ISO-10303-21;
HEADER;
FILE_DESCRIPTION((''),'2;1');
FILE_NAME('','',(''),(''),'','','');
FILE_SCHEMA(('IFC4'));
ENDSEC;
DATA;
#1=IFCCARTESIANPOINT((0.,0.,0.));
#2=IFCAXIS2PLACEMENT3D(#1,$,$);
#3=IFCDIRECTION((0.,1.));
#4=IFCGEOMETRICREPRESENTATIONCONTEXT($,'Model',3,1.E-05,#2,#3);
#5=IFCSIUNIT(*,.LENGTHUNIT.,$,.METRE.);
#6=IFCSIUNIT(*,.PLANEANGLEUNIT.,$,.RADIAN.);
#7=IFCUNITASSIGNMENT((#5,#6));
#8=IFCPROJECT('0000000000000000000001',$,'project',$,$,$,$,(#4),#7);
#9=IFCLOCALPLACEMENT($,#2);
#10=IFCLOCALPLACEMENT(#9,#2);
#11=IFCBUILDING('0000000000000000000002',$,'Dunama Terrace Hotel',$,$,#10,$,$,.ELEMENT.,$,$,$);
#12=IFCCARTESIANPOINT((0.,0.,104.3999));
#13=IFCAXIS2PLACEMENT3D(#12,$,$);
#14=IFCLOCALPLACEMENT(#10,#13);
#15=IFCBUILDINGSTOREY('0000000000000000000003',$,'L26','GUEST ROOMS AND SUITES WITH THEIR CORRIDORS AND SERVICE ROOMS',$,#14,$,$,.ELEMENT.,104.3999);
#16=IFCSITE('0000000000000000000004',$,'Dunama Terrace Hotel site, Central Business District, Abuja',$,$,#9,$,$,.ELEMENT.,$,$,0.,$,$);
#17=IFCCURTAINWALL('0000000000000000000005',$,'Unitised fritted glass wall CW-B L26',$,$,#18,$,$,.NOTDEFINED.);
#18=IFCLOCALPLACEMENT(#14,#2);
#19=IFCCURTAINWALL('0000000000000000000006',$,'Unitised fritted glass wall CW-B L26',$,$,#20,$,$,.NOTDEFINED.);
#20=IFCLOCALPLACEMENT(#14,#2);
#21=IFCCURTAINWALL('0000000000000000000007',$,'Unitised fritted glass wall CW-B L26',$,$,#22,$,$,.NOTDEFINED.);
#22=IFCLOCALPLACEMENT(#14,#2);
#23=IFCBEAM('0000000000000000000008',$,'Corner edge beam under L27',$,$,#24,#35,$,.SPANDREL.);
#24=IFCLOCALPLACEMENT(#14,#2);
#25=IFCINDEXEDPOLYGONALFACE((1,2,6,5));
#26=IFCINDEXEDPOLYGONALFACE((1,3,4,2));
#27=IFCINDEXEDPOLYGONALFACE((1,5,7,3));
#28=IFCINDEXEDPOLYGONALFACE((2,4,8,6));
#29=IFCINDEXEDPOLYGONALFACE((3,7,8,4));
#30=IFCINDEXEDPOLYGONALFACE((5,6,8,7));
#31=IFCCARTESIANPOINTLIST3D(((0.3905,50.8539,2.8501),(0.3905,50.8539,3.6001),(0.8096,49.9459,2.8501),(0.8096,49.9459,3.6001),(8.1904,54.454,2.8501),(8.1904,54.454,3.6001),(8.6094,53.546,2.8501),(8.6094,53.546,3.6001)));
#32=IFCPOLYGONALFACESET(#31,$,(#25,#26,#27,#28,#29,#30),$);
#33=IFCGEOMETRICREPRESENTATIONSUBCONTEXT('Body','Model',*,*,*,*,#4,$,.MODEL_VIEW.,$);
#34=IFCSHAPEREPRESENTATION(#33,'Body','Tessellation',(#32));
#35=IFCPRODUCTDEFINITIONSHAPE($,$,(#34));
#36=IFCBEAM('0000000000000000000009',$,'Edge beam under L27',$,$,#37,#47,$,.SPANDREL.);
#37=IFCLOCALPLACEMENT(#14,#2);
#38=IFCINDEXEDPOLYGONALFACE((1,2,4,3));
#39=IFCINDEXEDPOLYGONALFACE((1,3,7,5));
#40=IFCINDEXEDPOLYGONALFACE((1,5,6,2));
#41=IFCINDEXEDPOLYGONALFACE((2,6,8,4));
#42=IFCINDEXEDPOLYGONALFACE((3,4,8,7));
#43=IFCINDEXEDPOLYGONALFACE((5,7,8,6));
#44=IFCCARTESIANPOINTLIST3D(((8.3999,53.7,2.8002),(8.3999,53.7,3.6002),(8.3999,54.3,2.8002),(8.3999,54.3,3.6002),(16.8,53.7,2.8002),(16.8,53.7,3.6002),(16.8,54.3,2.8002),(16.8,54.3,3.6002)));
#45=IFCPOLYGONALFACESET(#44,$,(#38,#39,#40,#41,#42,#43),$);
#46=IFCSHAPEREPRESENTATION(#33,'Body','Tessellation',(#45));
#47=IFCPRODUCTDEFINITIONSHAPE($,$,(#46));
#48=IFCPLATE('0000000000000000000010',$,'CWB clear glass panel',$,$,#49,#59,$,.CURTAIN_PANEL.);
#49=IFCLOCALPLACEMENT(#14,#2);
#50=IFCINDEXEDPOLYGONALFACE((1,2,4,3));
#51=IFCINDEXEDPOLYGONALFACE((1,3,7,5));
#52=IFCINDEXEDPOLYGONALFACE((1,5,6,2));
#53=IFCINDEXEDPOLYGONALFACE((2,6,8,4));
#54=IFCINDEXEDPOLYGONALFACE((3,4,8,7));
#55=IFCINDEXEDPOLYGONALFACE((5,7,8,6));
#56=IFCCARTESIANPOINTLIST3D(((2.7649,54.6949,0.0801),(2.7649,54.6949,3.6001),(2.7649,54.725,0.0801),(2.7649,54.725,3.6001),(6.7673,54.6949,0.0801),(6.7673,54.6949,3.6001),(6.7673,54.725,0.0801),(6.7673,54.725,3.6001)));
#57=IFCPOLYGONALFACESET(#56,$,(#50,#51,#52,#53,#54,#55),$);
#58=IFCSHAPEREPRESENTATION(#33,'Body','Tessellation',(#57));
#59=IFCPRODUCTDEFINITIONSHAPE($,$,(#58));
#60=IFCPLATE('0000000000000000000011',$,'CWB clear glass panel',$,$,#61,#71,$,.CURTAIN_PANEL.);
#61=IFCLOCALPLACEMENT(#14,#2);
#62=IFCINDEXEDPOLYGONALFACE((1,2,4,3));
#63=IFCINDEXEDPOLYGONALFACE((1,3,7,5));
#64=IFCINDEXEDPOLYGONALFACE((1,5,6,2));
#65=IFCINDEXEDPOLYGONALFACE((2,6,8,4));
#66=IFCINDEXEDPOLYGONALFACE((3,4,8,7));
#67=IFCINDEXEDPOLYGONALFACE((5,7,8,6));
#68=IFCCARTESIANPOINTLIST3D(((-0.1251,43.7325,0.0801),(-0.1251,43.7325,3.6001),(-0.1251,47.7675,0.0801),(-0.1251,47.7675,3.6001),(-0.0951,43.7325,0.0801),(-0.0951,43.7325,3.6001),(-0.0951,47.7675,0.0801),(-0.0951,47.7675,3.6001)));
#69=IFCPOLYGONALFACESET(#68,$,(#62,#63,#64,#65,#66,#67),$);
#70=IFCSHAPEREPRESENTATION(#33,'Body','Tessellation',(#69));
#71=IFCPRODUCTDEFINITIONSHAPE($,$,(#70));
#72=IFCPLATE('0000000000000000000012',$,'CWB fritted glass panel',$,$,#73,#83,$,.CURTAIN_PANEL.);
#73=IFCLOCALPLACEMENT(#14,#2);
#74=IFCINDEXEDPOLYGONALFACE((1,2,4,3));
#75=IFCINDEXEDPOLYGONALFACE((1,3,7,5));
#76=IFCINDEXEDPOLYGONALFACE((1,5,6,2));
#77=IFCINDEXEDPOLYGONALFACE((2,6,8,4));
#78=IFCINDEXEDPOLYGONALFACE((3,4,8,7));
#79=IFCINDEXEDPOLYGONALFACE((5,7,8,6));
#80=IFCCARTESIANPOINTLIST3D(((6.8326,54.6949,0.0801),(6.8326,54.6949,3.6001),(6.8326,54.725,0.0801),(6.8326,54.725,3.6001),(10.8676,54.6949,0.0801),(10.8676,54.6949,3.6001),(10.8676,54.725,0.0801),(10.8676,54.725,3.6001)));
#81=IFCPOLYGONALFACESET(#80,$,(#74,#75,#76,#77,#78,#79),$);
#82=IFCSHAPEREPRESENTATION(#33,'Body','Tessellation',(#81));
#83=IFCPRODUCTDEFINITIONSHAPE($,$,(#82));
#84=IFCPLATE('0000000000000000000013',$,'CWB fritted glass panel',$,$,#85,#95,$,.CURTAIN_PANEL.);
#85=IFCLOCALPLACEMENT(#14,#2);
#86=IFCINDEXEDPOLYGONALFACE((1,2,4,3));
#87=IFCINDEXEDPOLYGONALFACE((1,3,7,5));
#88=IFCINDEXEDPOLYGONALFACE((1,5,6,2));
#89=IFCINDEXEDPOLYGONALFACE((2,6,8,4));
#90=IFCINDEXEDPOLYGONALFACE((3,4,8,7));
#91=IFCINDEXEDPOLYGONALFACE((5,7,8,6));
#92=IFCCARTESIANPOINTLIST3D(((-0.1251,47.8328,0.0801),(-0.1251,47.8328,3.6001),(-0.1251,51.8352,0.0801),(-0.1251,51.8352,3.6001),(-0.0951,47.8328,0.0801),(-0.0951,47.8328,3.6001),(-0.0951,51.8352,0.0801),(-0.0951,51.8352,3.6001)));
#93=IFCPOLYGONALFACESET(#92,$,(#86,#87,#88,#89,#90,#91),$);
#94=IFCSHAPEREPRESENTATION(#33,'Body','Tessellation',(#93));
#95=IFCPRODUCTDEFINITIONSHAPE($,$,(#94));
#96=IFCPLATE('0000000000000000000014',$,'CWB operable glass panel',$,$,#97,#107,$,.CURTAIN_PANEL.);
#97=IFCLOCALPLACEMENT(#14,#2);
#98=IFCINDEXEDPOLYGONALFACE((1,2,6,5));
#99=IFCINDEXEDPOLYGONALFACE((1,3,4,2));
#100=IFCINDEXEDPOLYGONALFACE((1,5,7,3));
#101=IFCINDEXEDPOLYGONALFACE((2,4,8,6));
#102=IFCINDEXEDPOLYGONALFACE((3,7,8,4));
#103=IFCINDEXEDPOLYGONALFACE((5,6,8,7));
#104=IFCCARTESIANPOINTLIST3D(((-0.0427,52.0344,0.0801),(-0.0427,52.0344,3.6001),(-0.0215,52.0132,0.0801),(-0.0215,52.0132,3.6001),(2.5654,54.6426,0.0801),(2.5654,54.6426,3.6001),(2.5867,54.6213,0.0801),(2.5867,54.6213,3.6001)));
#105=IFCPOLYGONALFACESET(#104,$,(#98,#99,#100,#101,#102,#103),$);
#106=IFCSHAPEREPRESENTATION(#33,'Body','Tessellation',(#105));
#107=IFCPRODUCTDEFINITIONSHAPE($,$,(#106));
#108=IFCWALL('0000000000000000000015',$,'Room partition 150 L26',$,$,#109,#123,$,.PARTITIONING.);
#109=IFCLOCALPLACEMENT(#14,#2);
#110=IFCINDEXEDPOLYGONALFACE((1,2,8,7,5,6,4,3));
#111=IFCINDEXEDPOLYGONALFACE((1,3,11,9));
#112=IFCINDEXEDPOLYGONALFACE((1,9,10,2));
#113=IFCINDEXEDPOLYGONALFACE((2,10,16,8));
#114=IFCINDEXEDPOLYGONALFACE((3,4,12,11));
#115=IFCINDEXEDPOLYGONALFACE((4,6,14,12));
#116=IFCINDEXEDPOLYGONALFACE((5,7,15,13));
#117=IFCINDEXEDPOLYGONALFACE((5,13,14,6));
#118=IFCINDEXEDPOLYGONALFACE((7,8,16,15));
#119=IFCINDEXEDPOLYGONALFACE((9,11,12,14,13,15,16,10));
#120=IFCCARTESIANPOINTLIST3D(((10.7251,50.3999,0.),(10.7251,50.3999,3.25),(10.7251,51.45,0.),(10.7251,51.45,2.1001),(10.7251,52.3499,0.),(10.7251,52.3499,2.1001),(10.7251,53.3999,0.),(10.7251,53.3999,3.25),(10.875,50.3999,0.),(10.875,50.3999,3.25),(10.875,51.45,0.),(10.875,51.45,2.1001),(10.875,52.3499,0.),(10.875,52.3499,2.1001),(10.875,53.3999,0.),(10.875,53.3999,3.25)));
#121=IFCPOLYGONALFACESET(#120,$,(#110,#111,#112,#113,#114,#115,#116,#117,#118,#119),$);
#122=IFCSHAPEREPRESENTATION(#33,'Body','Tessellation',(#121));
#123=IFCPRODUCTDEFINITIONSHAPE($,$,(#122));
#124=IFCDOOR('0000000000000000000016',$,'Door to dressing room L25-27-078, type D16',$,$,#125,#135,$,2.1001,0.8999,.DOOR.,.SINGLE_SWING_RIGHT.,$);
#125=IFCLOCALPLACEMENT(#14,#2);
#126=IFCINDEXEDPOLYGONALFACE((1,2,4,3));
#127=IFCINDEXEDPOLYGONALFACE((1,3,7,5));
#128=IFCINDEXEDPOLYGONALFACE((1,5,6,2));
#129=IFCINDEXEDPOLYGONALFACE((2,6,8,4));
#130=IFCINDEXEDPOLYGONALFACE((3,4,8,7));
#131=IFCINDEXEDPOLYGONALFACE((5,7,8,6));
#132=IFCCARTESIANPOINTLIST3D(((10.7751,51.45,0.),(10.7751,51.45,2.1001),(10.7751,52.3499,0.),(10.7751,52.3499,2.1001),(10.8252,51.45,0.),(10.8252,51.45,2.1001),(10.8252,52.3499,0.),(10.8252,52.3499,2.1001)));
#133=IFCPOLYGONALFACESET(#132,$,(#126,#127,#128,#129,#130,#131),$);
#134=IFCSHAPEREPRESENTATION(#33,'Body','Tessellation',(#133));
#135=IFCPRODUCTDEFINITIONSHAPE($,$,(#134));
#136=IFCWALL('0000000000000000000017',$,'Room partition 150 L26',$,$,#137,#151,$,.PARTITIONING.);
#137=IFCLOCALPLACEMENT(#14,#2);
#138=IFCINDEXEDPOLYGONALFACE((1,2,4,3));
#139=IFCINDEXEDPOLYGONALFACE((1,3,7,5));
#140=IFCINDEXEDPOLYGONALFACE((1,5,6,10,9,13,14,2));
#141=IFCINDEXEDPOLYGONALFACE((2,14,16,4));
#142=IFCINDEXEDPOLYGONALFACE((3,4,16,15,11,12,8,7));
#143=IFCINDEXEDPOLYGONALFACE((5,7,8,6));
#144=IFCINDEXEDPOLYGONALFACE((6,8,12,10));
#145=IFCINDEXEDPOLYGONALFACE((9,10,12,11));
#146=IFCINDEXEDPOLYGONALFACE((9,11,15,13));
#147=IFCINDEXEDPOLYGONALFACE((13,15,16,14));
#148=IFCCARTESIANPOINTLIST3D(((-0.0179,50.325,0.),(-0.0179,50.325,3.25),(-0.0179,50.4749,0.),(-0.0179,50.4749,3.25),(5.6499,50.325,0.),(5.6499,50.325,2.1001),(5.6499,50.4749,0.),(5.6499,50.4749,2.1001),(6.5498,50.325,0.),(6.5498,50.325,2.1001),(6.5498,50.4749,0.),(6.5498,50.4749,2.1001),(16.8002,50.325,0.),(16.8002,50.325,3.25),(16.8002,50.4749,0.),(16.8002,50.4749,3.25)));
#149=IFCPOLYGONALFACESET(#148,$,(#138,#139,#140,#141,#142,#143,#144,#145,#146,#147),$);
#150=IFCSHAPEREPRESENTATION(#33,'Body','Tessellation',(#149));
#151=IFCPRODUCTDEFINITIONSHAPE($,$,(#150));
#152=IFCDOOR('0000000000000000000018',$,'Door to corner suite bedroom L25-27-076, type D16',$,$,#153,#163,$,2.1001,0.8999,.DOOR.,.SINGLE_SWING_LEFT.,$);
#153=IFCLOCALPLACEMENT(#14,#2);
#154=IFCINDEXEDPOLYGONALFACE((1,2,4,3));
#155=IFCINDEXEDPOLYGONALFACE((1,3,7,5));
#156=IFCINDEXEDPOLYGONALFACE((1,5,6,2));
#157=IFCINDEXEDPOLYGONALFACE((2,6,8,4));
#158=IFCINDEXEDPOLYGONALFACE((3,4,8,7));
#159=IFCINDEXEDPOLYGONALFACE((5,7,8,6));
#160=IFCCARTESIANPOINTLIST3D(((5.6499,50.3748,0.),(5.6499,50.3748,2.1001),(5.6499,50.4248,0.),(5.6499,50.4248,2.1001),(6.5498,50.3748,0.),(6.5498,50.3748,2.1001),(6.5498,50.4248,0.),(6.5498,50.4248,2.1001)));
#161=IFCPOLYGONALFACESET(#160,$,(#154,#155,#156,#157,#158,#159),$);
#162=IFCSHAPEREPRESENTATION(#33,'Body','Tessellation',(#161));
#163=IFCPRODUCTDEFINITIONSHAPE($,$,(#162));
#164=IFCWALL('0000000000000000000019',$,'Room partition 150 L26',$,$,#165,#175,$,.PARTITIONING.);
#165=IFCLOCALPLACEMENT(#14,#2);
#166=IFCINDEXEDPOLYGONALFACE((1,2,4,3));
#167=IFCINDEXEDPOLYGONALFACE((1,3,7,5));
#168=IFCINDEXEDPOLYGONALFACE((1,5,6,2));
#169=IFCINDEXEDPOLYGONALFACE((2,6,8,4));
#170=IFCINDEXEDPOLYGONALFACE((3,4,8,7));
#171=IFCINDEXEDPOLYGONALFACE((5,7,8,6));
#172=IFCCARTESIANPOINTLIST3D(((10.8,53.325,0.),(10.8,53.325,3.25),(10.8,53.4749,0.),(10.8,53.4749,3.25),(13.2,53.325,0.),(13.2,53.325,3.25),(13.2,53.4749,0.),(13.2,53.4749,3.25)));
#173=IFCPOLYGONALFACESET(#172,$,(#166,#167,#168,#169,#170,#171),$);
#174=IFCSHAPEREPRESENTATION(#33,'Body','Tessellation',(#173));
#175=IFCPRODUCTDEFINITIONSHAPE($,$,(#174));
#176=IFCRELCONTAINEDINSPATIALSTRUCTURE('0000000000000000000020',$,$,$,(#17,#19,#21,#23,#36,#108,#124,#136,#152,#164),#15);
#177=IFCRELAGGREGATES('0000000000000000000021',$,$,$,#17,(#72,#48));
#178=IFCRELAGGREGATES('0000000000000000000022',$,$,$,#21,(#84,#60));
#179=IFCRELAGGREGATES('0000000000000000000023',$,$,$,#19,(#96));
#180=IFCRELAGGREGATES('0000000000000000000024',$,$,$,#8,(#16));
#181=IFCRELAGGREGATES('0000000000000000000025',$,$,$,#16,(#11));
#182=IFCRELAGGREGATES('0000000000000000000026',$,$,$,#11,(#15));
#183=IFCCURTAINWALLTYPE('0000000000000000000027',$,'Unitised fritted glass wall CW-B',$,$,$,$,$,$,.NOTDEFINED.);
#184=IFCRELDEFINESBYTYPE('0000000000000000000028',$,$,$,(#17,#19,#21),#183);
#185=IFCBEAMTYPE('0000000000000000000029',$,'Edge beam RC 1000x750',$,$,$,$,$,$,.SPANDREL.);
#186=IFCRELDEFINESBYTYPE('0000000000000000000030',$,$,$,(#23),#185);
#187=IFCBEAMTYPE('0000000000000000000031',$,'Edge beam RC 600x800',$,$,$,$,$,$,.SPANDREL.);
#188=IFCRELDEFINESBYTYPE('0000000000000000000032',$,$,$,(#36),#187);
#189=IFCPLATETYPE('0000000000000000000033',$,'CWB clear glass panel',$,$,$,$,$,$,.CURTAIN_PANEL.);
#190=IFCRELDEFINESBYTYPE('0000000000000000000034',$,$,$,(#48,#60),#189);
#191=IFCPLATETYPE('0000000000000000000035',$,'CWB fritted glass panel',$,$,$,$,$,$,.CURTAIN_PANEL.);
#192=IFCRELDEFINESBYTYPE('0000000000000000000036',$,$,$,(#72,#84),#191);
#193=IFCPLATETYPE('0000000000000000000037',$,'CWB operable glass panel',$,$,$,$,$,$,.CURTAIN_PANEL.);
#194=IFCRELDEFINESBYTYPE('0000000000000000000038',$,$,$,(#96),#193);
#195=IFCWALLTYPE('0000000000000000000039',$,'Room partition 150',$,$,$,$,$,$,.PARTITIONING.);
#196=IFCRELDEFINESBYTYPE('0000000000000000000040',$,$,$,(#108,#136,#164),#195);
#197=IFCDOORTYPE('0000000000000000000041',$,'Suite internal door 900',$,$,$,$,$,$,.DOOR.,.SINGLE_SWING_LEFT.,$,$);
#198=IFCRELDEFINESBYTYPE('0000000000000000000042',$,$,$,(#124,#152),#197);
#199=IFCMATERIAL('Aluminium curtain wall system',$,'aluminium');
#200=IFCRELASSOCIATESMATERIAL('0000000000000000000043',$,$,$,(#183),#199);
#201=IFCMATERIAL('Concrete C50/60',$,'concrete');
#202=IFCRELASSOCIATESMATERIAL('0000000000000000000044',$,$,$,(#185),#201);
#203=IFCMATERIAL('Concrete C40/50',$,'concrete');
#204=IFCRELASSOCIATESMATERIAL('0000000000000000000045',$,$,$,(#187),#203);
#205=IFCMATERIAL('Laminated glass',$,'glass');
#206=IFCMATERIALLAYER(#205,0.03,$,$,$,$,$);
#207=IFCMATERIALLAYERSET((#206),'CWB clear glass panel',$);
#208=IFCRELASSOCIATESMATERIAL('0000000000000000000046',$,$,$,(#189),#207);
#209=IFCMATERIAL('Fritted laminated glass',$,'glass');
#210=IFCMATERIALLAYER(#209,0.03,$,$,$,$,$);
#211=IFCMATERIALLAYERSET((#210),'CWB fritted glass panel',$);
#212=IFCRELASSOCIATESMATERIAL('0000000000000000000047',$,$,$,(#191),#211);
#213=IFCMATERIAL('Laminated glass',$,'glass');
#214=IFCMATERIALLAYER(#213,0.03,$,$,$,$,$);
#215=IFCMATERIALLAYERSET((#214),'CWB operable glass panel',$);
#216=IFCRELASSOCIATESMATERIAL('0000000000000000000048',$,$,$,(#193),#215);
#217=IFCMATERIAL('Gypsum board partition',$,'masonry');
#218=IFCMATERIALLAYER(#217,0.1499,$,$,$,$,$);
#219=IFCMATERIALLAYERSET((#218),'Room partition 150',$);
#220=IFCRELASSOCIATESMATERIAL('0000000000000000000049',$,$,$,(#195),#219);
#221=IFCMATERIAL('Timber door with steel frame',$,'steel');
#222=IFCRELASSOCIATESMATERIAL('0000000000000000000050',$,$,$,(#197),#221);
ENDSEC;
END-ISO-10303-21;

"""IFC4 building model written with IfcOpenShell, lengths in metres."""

from ifc_helpers import new_model, si_unit, direction, frame, frame_2d, origin, origin_2d, place, context, subcontext, project, spatial, rectangle, extrude, material, layer, layer_set, material_profile, profile_set, type_object, element, fill, aggregate, save


model = new_model("IFC4")

# Units and contexts
model_context = context("Model", 3, precision=1e-05, world=origin(), true_north=direction((0.0, 1.0)))
body_context = subcontext(model_context, "Body", "Model", "MODEL_VIEW")
ifc_project = project(units=[si_unit("LENGTHUNIT", "METRE"), si_unit("PLANEANGLEUNIT", "RADIAN")], contexts=[model_context])

# Site, building, storey
site_placement = place(None, origin())
site = spatial("IfcSite", under=ifc_project, at=site_placement, Name="Dunama Terrace Hotel site, Central Business District, Abuja", CompositionType="ELEMENT", RefElevation=0.0)
building_placement = place(site_placement, origin())
building = spatial("IfcBuilding", under=site, at=building_placement, Name="Dunama Terrace Hotel", CompositionType="ELEMENT")
storey_placement = place(building_placement, frame((0.0, 0.0, 104.3999)))
storey = spatial("IfcBuildingStorey", under=building, at=storey_placement, Name="L26", Description="GUEST ROOMS AND SUITES WITH THEIR CORRIDORS AND SERVICE ROOMS", CompositionType="ELEMENT", Elevation=104.3999)

# Curtain walls
ifc_material_1 = material(Name="Aluminium curtain wall system", Category="aluminium")
curtain_wall_type = type_object("IfcCurtainWallType", Name="Unitised fritted glass wall CW-B", PredefinedType="NOTDEFINED", material=ifc_material_1)
curtain_wall_1_placement = place(storey_placement, origin())
curtain_wall_1 = element("IfcCurtainWall", 1, at=curtain_wall_1_placement, inside=storey, type_object=curtain_wall_type, Name="Unitised fritted glass wall CW-B L26", PredefinedType="NOTDEFINED")
curtain_wall_2_placement = place(storey_placement, origin())
curtain_wall_2 = element("IfcCurtainWall", 2, at=curtain_wall_2_placement, inside=storey, type_object=curtain_wall_type, Name="Unitised fritted glass wall CW-B L26", PredefinedType="NOTDEFINED")
curtain_wall_3_placement = place(storey_placement, origin())
curtain_wall_3 = element("IfcCurtainWall", 3, at=curtain_wall_3_placement, inside=storey, type_object=curtain_wall_type, Name="Unitised fritted glass wall CW-B L26", PredefinedType="NOTDEFINED")

# Beams
ifc_material_2 = material(Name="Concrete C50/60", Category="concrete")
ifc_material_profile_1 = material_profile(ifc_material_2, rectangle(XDim=1.0, YDim=0.75, at=origin_2d()), Name="RC 1000x750")
ifc_profile_set_1 = profile_set([ifc_material_profile_1], Name="Concrete C50/60")
beam_type_1 = type_object("IfcBeamType", Name="Edge beam RC 1000x750", PredefinedType="SPANDREL", material=ifc_profile_set_1)
beam_1_placement = place(storey_placement, frame((8.3999, 54.0, 3.2251), z_axis=(-0.907951, -0.419076, 0.0), x_axis=(0.419076, -0.907951, 0.0)))
element("IfcBeam", 4, at=beam_1_placement, inside=storey, type_object=beam_type_1, Name="Corner edge beam under L27", PredefinedType="SPANDREL", context=body_context, shape_type="SweptSolid", body=[
    extrude(rectangle(XDim=1.0, YDim=0.75, at=origin_2d()), origin(), (0.0, 0.0, 1.0), 8.5906),
])
ifc_material_3 = material(Name="Concrete C40/50", Category="concrete")
ifc_material_profile_2 = material_profile(ifc_material_3, rectangle(XDim=0.6001, YDim=0.8, at=origin_2d()), Name="RC 600x800")
ifc_profile_set_2 = profile_set([ifc_material_profile_2], Name="Concrete C40/50")
beam_type_2 = type_object("IfcBeamType", Name="Edge beam RC 600x800", PredefinedType="SPANDREL", material=ifc_profile_set_2)
beam_2_placement = place(storey_placement, frame((8.3999, 54.0, 3.2002), z_axis=(1.0, 0.0, 0.0), x_axis=(0.0, 1.0, 0.0)))
element("IfcBeam", 5, at=beam_2_placement, inside=storey, type_object=beam_type_2, Name="Edge beam under L27", PredefinedType="SPANDREL", context=body_context, shape_type="SweptSolid", body=[
    extrude(rectangle(XDim=0.6001, YDim=0.8, at=origin_2d()), origin(), (0.0, 0.0, 1.0), 8.4001),
])

# Plates
ifc_material_4 = material(Name="Laminated glass", Category="glass")
ifc_layer_1 = layer(ifc_material_4, 0.03)
ifc_layer_set_1 = layer_set([ifc_layer_1], Name="CWB clear glass panel")
plate_type_1 = type_object("IfcPlateType", Name="CWB clear glass panel", PredefinedType="CURTAIN_PANEL", material=ifc_layer_set_1)
plate_1_placement = place(storey_placement, frame((4.7661, 54.71, 0.0801), z_axis=(0.0, 0.0, 1.0), x_axis=(-1.0, 0.0, 0.0)))
plate_1 = element("IfcPlate", 6, at=plate_1_placement, type_object=plate_type_1, Name="CWB clear glass panel", PredefinedType="CURTAIN_PANEL", context=body_context, shape_type="SweptSolid", body=[
    extrude(rectangle(XDim=4.0024, YDim=0.03, at=origin_2d()), origin(), (0.0, 0.0, 1.0), 3.52),
])
plate_2_placement = place(storey_placement, frame((-0.1101, 45.75, 0.0801), z_axis=(0.0, 0.0, 1.0), x_axis=(0.0, -1.0, 0.0)))
plate_2 = element("IfcPlate", 7, at=plate_2_placement, type_object=plate_type_1, Name="CWB clear glass panel", PredefinedType="CURTAIN_PANEL", context=body_context, shape_type="SweptSolid", body=[
    extrude(rectangle(XDim=4.0349, YDim=0.03, at=origin_2d()), origin(), (0.0, 0.0, 1.0), 3.52),
])
ifc_material_5 = material(Name="Fritted laminated glass", Category="glass")
ifc_layer_2 = layer(ifc_material_5, 0.03)
ifc_layer_set_2 = layer_set([ifc_layer_2], Name="CWB fritted glass panel")
plate_type_2 = type_object("IfcPlateType", Name="CWB fritted glass panel", PredefinedType="CURTAIN_PANEL", material=ifc_layer_set_2)
plate_3_placement = place(storey_placement, frame((8.8501, 54.71, 0.0801), z_axis=(0.0, 0.0, 1.0), x_axis=(-1.0, 0.0, 0.0)))
plate_3 = element("IfcPlate", 8, at=plate_3_placement, type_object=plate_type_2, Name="CWB fritted glass panel", PredefinedType="CURTAIN_PANEL", context=body_context, shape_type="SweptSolid", body=[
    extrude(rectangle(XDim=4.0349, YDim=0.03, at=origin_2d()), origin(), (0.0, 0.0, 1.0), 3.52),
])
aggregate(curtain_wall_1, [plate_3, plate_1])
plate_4_placement = place(storey_placement, frame((-0.1101, 49.834, 0.0801), z_axis=(0.0, 0.0, 1.0), x_axis=(0.0, -1.0, 0.0)))
plate_4 = element("IfcPlate", 9, at=plate_4_placement, type_object=plate_type_2, Name="CWB fritted glass panel", PredefinedType="CURTAIN_PANEL", context=body_context, shape_type="SweptSolid", body=[
    extrude(rectangle(XDim=4.0024, YDim=0.03, at=origin_2d()), origin(), (0.0, 0.0, 1.0), 3.52),
])
aggregate(curtain_wall_3, [plate_4, plate_2])
ifc_material_6 = material(Name="Laminated glass", Category="glass")
ifc_layer_3 = layer(ifc_material_6, 0.03)
ifc_layer_set_3 = layer_set([ifc_layer_3], Name="CWB operable glass panel")
plate_type_3 = type_object("IfcPlateType", Name="CWB operable glass panel", PredefinedType="CURTAIN_PANEL", material=ifc_layer_set_3)
plate_5_placement = place(storey_placement, frame((1.272, 53.3279, 0.0801), z_axis=(0.0, 0.0, 1.0), x_axis=(-0.707107, -0.707107, 0.0)))
plate_5 = element("IfcPlate", 10, at=plate_5_placement, type_object=plate_type_3, Name="CWB operable glass panel", PredefinedType="CURTAIN_PANEL", context=body_context, shape_type="SweptSolid", body=[
    extrude(rectangle(XDim=3.6885, YDim=0.03, at=origin_2d()), origin(), (0.0, 0.0, 1.0), 3.52),
])
aggregate(curtain_wall_2, [plate_5])

# Walls, openings, doors
ifc_material_7 = material(Name="Gypsum board partition", Category="masonry")
ifc_layer_4 = layer(ifc_material_7, 0.1499)
ifc_layer_set_4 = layer_set([ifc_layer_4], Name="Room partition 150")
wall_type = type_object("IfcWallType", Name="Room partition 150", PredefinedType="PARTITIONING", material=ifc_layer_set_4)
wall_1_placement = place(storey_placement, frame((10.8, 50.3999, 0.0), z_axis=(0.0, 0.0, 1.0), x_axis=(0.0, 1.0, 0.0)))
wall_1 = element("IfcWall", 11, at=wall_1_placement, inside=storey, type_object=wall_type, Name="Room partition 150 L26", PredefinedType="PARTITIONING", context=body_context, shape_type="SweptSolid", body=[
    extrude(rectangle(XDim=3.0, YDim=0.1499, at=frame_2d((1.5, 0.0))), origin(), (0.0, 0.0, 1.0), 3.25),
])
opening_1_placement = place(wall_1_placement, frame((1.05, 0.0, 0.0)))
opening_1 = element("IfcOpeningElement", 12, at=opening_1_placement, cuts=wall_1, PredefinedType="OPENING", context=body_context, shape_type="SweptSolid", body=[
    extrude(rectangle(XDim=0.8999, YDim=2.1001, at=frame_2d((0.45, 1.05))), frame((0.0, 0.085, 0.0), z_axis=(0.0, -1.0, 0.0), x_axis=(1.0, 0.0, 0.0)), (0.0, 0.0, 1.0), 0.1699),
])
ifc_material_8 = material(Name="Timber door with steel frame", Category="steel")
door_type = type_object("IfcDoorType", Name="Suite internal door 900", OperationType="SINGLE_SWING_LEFT", PredefinedType="DOOR", material=ifc_material_8)
door_1_placement = place(opening_1_placement, frame((0.8999, 0.0, 0.0), z_axis=(0.0, 0.0, 1.0), x_axis=(-1.0, 0.0, 0.0)))
door_1 = element("IfcDoor", 13, at=door_1_placement, inside=storey, type_object=door_type, Name="Door to dressing room L25-27-078, type D16", OperationType="SINGLE_SWING_RIGHT", OverallHeight=2.1001, OverallWidth=0.8999, PredefinedType="DOOR", context=body_context, shape_type="SweptSolid", body=[
    extrude(rectangle(XDim=0.8999, YDim=2.1001, at=frame_2d((0.45, 1.05))), frame((0.0, 0.0251, 0.0), z_axis=(0.0, -1.0, 0.0), x_axis=(1.0, 0.0, 0.0)), (0.0, 0.0, 1.0), 0.05),
])
fill(opening_1, door_1)
wall_2_placement = place(storey_placement, frame((-0.0181, 50.3999, 0.0), z_axis=(0.0, 0.0, 1.0), x_axis=(1.0, 0.0, 0.0)))
wall_2 = element("IfcWall", 14, at=wall_2_placement, inside=storey, type_object=wall_type, Name="Room partition 150 L26", PredefinedType="PARTITIONING", context=body_context, shape_type="SweptSolid", body=[
    extrude(rectangle(XDim=16.8181, YDim=0.1499, at=frame_2d((8.4092, 0.0))), origin(), (0.0, 0.0, 1.0), 3.25),
])
opening_2_placement = place(wall_2_placement, frame((5.668, 0.0, 0.0)))
opening_2 = element("IfcOpeningElement", 15, at=opening_2_placement, cuts=wall_2, PredefinedType="OPENING", context=body_context, shape_type="SweptSolid", body=[
    extrude(rectangle(XDim=0.8999, YDim=2.1001, at=frame_2d((0.45, 1.05))), frame((0.0, 0.085, 0.0), z_axis=(0.0, -1.0, 0.0), x_axis=(1.0, 0.0, 0.0)), (0.0, 0.0, 1.0), 0.1699),
])
door_2_placement = place(opening_2_placement, origin())
door_2 = element("IfcDoor", 16, at=door_2_placement, inside=storey, type_object=door_type, Name="Door to corner suite bedroom L25-27-076, type D16", OperationType="SINGLE_SWING_LEFT", OverallHeight=2.1001, OverallWidth=0.8999, PredefinedType="DOOR", context=body_context, shape_type="SweptSolid", body=[
    extrude(rectangle(XDim=0.8999, YDim=2.1001, at=frame_2d((0.45, 1.05))), frame((0.0, 0.0249, 0.0), z_axis=(0.0, -1.0, 0.0), x_axis=(1.0, 0.0, 0.0)), (0.0, 0.0, 1.0), 0.05),
])
fill(opening_2, door_2)

# Wall
wall_3_placement = place(storey_placement, frame((10.8, 53.3999, 0.0), z_axis=(0.0, 0.0, 1.0), x_axis=(1.0, 0.0, 0.0)))
element("IfcWall", 17, at=wall_3_placement, inside=storey, type_object=wall_type, Name="Room partition 150 L26", PredefinedType="PARTITIONING", context=body_context, shape_type="SweptSolid", body=[
    extrude(rectangle(XDim=2.3999, YDim=0.1499, at=frame_2d((1.2, 0.0))), origin(), (0.0, 0.0, 1.0), 3.25),
])

save(model, "model.ifc")
